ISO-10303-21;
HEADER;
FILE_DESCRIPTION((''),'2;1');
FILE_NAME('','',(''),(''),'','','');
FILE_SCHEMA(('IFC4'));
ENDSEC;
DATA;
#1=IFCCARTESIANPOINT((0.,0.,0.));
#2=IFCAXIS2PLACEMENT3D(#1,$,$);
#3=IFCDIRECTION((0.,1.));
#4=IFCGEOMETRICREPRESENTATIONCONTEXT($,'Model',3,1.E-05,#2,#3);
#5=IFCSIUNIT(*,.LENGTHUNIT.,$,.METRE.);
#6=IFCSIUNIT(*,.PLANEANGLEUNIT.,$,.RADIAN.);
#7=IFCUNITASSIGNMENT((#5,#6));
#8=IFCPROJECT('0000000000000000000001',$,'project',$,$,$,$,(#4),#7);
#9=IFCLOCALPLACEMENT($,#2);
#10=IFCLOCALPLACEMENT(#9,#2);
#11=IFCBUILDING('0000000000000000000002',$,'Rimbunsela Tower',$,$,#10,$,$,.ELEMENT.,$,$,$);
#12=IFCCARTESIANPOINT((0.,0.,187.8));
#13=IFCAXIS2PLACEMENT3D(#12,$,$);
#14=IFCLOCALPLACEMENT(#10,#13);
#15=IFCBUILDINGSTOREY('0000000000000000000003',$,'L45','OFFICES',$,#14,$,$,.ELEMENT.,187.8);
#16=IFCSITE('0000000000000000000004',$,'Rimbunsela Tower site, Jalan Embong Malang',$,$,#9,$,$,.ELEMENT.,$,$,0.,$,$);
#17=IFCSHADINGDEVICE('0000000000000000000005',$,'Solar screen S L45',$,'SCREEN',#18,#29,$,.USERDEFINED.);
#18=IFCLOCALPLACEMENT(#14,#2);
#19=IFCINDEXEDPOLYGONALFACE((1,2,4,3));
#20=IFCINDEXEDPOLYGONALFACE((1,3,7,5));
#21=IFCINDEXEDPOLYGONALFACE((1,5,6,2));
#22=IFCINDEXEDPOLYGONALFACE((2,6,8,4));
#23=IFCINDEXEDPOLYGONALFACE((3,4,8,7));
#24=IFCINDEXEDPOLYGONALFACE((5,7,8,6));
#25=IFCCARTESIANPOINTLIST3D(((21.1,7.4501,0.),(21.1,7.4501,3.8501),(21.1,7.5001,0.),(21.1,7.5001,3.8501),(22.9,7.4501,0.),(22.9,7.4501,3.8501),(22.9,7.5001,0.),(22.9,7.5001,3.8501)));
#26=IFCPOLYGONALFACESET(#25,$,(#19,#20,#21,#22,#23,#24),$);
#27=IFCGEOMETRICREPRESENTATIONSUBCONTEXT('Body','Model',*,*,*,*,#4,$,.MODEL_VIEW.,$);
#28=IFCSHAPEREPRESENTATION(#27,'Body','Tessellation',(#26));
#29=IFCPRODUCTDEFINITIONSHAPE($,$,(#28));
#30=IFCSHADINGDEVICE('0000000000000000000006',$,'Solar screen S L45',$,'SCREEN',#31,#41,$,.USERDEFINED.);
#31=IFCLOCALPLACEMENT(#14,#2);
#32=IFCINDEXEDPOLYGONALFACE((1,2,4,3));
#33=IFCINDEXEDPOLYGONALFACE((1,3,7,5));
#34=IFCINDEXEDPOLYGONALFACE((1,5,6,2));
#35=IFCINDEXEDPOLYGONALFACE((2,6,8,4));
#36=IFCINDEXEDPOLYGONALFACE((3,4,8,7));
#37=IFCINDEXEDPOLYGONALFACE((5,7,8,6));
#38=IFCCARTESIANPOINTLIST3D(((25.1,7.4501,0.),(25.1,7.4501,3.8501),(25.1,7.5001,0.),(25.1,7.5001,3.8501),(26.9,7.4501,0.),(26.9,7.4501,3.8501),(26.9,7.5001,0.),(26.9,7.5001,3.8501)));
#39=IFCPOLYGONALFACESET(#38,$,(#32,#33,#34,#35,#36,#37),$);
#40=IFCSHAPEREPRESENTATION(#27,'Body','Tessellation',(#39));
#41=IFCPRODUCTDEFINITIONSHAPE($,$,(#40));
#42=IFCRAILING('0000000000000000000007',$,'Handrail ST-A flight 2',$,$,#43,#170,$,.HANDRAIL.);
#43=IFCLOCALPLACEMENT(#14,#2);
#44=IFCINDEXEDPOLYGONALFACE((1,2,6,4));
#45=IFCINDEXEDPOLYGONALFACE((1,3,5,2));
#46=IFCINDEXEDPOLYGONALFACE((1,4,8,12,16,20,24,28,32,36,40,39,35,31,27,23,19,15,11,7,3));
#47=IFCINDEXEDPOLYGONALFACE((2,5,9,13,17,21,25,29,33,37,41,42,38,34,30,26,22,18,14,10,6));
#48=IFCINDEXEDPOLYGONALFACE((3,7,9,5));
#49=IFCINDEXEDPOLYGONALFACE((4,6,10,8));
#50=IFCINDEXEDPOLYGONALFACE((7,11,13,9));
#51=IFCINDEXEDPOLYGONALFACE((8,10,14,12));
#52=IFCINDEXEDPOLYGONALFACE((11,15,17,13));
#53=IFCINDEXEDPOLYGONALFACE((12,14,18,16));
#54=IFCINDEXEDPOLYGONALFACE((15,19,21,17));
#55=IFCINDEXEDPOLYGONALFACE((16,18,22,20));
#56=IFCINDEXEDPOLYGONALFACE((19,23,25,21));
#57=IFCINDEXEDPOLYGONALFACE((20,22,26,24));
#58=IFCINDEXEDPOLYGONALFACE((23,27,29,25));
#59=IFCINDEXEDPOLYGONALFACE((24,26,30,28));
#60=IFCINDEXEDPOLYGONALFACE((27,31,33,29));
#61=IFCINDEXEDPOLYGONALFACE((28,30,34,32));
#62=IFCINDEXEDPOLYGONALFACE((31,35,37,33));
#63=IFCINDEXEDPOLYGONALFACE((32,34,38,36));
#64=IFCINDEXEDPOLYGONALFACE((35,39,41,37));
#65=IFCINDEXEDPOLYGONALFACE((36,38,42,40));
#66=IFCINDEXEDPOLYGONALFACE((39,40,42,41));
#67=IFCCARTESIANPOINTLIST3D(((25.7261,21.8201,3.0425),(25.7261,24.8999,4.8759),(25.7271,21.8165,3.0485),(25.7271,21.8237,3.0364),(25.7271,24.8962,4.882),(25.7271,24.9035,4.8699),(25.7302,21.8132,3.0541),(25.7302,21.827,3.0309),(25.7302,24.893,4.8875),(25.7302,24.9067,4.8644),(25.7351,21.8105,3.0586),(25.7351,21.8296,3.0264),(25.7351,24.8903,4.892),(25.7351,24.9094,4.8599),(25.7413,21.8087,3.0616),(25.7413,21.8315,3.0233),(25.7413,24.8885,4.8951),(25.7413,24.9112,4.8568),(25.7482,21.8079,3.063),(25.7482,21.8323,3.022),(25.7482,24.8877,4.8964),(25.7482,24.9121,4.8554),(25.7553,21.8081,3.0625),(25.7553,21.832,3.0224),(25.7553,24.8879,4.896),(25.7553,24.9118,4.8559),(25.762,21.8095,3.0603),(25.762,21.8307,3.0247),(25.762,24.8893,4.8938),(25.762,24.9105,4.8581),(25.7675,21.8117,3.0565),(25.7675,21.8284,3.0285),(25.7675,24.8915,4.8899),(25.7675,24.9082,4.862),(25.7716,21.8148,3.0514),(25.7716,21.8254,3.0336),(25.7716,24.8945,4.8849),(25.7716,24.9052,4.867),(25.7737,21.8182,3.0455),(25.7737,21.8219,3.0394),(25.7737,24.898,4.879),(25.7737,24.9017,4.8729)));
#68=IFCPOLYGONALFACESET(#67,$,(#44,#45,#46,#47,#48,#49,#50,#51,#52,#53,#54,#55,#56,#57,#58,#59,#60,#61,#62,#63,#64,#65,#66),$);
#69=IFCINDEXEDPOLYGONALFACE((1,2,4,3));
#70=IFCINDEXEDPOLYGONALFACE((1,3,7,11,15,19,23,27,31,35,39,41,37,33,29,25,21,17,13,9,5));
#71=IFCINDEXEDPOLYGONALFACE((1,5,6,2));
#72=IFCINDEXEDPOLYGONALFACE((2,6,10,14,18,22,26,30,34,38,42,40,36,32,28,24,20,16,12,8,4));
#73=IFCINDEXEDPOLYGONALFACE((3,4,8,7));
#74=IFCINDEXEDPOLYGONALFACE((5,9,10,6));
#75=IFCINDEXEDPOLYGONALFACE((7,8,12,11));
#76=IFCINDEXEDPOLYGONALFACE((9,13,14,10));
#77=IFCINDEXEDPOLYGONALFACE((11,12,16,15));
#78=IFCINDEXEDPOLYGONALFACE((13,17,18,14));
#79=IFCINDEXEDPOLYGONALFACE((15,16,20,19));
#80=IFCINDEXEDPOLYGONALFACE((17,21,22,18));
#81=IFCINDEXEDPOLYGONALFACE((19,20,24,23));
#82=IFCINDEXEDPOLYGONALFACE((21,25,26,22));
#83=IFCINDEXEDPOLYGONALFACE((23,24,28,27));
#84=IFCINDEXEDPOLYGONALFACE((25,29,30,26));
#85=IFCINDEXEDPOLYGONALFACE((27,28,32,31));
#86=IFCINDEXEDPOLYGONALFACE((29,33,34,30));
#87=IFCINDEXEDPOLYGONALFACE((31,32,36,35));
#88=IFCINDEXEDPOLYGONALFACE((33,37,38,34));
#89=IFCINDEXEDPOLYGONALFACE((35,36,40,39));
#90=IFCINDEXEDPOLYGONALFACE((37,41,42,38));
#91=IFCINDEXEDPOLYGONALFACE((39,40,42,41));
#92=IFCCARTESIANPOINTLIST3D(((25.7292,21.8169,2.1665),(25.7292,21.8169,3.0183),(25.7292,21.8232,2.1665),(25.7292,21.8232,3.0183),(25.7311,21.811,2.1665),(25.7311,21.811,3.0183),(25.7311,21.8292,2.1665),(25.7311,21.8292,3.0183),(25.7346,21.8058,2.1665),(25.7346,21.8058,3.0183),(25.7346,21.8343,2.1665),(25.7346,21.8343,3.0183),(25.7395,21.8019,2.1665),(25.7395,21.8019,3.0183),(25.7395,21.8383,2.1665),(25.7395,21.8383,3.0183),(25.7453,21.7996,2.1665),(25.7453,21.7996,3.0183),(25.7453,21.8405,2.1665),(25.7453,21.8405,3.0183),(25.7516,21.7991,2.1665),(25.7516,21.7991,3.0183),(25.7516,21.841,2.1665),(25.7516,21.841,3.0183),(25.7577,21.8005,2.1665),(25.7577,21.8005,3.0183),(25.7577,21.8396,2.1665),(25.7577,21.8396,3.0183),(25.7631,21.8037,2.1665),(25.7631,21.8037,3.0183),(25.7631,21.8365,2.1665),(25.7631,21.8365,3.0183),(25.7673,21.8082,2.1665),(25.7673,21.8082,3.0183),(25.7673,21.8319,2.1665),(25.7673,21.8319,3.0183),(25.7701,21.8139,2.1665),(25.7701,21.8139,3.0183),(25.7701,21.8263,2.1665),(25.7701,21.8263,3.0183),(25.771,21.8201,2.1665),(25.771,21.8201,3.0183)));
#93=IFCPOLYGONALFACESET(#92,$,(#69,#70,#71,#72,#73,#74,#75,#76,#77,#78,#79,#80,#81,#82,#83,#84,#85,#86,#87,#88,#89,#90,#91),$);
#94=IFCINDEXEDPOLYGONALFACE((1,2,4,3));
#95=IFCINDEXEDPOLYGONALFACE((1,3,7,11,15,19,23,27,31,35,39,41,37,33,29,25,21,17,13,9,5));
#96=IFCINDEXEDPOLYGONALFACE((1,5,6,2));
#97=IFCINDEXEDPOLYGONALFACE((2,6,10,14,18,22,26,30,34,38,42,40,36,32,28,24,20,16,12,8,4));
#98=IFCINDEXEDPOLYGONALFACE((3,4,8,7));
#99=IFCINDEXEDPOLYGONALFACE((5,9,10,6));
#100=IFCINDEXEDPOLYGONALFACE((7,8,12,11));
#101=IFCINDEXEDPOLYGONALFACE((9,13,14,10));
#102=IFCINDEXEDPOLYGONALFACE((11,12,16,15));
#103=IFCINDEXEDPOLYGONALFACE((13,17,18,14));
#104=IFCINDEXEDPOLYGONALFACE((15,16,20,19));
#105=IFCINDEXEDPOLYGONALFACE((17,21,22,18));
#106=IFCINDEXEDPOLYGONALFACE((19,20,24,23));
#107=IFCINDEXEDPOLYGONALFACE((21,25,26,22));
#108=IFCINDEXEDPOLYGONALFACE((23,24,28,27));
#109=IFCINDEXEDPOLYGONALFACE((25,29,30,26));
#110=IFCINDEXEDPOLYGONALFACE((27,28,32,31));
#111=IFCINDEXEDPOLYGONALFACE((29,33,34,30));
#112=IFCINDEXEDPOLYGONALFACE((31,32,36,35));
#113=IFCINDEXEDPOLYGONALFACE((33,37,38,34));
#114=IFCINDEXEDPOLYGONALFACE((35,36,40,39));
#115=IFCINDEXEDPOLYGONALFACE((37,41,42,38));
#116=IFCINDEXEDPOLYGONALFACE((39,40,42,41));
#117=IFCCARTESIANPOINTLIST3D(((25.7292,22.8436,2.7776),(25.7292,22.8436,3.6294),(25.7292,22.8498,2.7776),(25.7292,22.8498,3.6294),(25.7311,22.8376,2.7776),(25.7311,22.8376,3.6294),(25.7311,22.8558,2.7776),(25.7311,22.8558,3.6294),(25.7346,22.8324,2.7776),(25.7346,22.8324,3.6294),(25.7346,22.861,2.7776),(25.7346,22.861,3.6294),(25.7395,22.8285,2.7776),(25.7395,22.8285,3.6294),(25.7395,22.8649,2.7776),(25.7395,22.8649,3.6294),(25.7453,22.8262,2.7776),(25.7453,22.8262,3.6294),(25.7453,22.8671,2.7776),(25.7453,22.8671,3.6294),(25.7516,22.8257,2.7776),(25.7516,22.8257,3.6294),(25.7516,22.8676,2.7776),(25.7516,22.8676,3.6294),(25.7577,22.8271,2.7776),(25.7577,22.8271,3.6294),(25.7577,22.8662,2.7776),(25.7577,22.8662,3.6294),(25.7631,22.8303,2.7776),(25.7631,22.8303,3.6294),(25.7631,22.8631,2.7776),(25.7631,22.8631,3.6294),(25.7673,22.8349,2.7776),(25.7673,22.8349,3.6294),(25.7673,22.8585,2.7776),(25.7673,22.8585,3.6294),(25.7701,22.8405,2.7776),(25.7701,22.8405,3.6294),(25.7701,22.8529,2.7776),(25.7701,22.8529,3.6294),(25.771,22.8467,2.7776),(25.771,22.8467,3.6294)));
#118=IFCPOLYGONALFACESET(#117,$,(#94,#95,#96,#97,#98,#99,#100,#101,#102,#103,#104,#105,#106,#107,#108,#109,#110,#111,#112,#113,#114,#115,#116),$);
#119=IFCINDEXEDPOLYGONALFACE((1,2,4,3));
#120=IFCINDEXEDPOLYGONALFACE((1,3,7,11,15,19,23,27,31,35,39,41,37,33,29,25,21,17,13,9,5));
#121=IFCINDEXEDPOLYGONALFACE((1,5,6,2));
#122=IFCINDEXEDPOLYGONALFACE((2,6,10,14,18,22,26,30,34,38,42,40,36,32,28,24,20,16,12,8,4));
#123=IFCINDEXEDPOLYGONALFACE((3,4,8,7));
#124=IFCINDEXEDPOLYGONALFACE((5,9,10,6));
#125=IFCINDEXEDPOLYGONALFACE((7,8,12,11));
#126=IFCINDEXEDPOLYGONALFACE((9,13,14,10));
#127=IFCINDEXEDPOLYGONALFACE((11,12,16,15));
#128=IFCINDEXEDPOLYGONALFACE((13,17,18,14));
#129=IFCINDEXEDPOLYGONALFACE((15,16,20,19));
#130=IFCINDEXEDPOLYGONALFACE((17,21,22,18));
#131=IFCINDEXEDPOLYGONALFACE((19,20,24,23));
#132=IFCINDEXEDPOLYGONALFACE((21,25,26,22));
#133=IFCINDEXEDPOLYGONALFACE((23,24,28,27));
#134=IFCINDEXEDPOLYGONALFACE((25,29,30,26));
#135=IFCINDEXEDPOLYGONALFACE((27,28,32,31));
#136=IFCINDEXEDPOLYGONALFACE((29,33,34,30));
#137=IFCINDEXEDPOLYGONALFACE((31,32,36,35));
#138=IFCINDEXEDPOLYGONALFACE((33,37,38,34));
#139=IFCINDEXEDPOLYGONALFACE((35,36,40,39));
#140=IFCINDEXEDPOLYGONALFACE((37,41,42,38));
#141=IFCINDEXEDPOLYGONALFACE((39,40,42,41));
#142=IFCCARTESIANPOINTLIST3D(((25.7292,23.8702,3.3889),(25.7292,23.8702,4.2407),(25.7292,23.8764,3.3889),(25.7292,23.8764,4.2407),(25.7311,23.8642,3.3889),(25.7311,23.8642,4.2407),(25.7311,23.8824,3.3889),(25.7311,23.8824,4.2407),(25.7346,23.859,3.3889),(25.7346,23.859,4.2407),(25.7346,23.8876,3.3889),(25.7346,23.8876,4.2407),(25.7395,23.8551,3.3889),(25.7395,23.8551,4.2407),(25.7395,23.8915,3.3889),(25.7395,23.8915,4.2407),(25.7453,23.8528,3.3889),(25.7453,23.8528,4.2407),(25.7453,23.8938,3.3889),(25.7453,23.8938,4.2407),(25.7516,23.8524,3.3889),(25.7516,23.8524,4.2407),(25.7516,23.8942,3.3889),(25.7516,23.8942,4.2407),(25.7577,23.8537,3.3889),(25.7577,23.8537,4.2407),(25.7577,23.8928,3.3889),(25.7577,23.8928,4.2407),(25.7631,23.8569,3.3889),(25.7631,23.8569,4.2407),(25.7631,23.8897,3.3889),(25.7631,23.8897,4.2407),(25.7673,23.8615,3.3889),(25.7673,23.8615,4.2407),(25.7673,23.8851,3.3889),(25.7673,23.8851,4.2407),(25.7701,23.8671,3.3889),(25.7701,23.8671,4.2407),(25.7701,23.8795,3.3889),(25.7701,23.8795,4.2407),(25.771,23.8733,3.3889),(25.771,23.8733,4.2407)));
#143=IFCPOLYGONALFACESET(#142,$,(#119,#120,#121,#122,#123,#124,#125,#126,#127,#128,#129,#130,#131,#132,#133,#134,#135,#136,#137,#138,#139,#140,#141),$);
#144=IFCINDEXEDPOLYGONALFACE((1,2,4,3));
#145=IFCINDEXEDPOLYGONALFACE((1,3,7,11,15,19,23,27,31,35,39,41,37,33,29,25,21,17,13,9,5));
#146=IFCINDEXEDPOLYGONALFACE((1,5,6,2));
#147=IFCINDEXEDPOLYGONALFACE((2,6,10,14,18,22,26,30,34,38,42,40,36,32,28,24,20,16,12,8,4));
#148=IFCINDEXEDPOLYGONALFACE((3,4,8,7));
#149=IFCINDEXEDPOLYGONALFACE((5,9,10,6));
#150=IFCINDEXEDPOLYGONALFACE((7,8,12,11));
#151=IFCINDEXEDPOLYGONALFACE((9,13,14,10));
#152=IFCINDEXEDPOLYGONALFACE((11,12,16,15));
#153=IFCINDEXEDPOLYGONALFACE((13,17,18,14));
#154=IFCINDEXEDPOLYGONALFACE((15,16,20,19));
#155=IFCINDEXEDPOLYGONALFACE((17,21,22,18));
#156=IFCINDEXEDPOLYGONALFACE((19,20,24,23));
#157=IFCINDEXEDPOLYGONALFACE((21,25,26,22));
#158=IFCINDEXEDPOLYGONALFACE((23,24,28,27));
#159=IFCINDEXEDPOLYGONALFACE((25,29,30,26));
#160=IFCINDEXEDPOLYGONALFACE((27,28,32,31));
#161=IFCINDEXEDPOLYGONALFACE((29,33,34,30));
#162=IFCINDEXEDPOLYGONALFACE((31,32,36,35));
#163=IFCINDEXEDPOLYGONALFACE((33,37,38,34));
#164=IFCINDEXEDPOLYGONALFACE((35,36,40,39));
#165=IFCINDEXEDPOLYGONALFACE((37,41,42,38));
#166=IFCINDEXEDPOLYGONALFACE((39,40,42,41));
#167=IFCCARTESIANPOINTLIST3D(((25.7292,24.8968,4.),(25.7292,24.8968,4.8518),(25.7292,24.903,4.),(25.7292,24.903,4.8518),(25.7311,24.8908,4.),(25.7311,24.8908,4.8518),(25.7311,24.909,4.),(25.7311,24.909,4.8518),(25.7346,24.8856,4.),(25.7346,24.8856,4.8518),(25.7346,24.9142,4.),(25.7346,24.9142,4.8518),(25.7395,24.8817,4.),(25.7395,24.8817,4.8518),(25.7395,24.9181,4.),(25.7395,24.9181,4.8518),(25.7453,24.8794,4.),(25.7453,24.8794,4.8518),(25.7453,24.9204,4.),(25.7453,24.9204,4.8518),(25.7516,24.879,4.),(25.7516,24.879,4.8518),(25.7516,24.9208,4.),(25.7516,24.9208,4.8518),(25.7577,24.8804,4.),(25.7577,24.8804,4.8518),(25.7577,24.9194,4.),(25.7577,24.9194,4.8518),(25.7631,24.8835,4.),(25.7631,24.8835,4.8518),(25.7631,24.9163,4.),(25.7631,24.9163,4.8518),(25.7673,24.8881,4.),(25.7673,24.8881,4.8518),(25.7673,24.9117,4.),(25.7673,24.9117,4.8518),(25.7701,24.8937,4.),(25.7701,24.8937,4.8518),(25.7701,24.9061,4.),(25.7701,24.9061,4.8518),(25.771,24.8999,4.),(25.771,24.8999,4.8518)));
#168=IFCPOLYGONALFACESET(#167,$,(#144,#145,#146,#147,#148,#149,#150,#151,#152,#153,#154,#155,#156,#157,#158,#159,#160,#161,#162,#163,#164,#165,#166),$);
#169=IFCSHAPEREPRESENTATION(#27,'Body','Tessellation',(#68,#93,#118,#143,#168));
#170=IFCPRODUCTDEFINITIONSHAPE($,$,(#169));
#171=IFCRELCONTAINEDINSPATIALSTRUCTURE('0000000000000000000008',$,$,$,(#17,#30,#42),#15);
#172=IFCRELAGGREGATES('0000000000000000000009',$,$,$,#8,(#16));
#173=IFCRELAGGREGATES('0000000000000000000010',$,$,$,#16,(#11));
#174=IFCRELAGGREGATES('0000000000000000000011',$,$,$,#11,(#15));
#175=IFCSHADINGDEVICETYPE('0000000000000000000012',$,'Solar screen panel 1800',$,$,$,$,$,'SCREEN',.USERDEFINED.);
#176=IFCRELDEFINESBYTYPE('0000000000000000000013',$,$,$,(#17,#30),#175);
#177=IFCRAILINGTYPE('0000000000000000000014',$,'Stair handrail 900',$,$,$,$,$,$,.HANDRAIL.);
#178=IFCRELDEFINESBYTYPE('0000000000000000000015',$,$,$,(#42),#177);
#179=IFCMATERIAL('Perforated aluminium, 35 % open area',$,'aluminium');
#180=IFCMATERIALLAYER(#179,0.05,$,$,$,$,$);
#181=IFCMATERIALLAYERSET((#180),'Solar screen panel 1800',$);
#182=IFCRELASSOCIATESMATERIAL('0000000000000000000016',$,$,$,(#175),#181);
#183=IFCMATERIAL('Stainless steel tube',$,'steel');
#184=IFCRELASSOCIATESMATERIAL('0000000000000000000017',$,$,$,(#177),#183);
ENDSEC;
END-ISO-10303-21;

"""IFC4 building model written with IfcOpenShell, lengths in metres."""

from ifc_helpers import new_model, si_unit, direction, frame, origin, origin_2d, place, context, subcontext, project, spatial, rectangle, circle, extrude, material, layer, layer_set, type_object, element, save


model = new_model("IFC4")

# Units and contexts
model_context = context("Model", 3, precision=1e-05, world=origin(), true_north=direction((0.0, 1.0)))
body_context = subcontext(model_context, "Body", "Model", "MODEL_VIEW")
ifc_project = project(units=[si_unit("LENGTHUNIT", "METRE"), si_unit("PLANEANGLEUNIT", "RADIAN")], contexts=[model_context])

# Site, building, storey
site_placement = place(None, origin())
site = spatial("IfcSite", under=ifc_project, at=site_placement, Name="Rimbunsela Tower site, Jalan Embong Malang", CompositionType="ELEMENT", RefElevation=0.0)
building_placement = place(site_placement, origin())
building = spatial("IfcBuilding", under=site, at=building_placement, Name="Rimbunsela Tower", CompositionType="ELEMENT")
storey_placement = place(building_placement, frame((0.0, 0.0, 187.8)))
storey = spatial("IfcBuildingStorey", under=building, at=storey_placement, Name="L45", Description="OFFICES", CompositionType="ELEMENT", Elevation=187.8)

# Shading devices
ifc_material_1 = material(Name="Perforated aluminium, 35 % open area", Category="aluminium")
ifc_layer_1 = layer(ifc_material_1, 0.05)
ifc_layer_set_1 = layer_set([ifc_layer_1], Name="Solar screen panel 1800")
shading_device_type = type_object("IfcShadingDeviceType", Name="Solar screen panel 1800", ElementType="SCREEN", PredefinedType="USERDEFINED", material=ifc_layer_set_1)
for number, where, z_axis, x_axis, name in (
    (1, (22.0, 7.4751, 0.0), (0.0, 0.0, 1.0), (1.0, 0.0, 0.0), "Solar screen S L45"),
    (2, (26.0, 7.4751, 0.0), (0.0, 0.0, 1.0), (1.0, 0.0, 0.0), "Solar screen S L45"),
):
    element("IfcShadingDevice", number, at=place(storey_placement, frame(where, z_axis=z_axis, x_axis=x_axis)), inside=storey, type_object=shading_device_type, Name=name, ObjectType="SCREEN", PredefinedType="USERDEFINED", context=body_context, shape_type="SweptSolid", body=[
        extrude(rectangle(XDim=1.8, YDim=0.05, at=origin_2d()), origin(), (0.0, 0.0, 1.0), 3.8501),
    ])

# Railing
ifc_material_2 = material(Name="Stainless steel tube", Category="steel")
railing_type = type_object("IfcRailingType", Name="Stair handrail 900", PredefinedType="HANDRAIL", material=ifc_material_2)
railing_placement = place(storey_placement, frame((25.75, 21.8201, 2.1665)))
element("IfcRailing", 3, at=railing_placement, inside=storey, type_object=railing_type, Name="Handrail ST-A flight 2", PredefinedType="HANDRAIL", context=body_context, shape_type="SweptSolid", body=[
    extrude(circle(Radius=0.0239, at=origin_2d()), frame((0.0, 0.0, 0.876), z_axis=(0.0, 0.859261, 0.511538), x_axis=(-1.0, 0.0, 0.0)), (0.0, 0.0, 1.0), 3.5842),
    extrude(circle(Radius=0.021, at=origin_2d()), origin(), (0.0, 0.0, 1.0), 0.8518),
    extrude(circle(Radius=0.021, at=origin_2d()), frame((0.0, 1.0266, 0.6111)), (0.0, 0.0, 1.0), 0.8518),
    extrude(circle(Radius=0.021, at=origin_2d()), frame((0.0, 2.0532, 1.2224)), (0.0, 0.0, 1.0), 0.8518),
    extrude(circle(Radius=0.021, at=origin_2d()), frame((0.0, 3.0798, 1.8335)), (0.0, 0.0, 1.0), 0.8518),
])

save(model, "model.ifc")
